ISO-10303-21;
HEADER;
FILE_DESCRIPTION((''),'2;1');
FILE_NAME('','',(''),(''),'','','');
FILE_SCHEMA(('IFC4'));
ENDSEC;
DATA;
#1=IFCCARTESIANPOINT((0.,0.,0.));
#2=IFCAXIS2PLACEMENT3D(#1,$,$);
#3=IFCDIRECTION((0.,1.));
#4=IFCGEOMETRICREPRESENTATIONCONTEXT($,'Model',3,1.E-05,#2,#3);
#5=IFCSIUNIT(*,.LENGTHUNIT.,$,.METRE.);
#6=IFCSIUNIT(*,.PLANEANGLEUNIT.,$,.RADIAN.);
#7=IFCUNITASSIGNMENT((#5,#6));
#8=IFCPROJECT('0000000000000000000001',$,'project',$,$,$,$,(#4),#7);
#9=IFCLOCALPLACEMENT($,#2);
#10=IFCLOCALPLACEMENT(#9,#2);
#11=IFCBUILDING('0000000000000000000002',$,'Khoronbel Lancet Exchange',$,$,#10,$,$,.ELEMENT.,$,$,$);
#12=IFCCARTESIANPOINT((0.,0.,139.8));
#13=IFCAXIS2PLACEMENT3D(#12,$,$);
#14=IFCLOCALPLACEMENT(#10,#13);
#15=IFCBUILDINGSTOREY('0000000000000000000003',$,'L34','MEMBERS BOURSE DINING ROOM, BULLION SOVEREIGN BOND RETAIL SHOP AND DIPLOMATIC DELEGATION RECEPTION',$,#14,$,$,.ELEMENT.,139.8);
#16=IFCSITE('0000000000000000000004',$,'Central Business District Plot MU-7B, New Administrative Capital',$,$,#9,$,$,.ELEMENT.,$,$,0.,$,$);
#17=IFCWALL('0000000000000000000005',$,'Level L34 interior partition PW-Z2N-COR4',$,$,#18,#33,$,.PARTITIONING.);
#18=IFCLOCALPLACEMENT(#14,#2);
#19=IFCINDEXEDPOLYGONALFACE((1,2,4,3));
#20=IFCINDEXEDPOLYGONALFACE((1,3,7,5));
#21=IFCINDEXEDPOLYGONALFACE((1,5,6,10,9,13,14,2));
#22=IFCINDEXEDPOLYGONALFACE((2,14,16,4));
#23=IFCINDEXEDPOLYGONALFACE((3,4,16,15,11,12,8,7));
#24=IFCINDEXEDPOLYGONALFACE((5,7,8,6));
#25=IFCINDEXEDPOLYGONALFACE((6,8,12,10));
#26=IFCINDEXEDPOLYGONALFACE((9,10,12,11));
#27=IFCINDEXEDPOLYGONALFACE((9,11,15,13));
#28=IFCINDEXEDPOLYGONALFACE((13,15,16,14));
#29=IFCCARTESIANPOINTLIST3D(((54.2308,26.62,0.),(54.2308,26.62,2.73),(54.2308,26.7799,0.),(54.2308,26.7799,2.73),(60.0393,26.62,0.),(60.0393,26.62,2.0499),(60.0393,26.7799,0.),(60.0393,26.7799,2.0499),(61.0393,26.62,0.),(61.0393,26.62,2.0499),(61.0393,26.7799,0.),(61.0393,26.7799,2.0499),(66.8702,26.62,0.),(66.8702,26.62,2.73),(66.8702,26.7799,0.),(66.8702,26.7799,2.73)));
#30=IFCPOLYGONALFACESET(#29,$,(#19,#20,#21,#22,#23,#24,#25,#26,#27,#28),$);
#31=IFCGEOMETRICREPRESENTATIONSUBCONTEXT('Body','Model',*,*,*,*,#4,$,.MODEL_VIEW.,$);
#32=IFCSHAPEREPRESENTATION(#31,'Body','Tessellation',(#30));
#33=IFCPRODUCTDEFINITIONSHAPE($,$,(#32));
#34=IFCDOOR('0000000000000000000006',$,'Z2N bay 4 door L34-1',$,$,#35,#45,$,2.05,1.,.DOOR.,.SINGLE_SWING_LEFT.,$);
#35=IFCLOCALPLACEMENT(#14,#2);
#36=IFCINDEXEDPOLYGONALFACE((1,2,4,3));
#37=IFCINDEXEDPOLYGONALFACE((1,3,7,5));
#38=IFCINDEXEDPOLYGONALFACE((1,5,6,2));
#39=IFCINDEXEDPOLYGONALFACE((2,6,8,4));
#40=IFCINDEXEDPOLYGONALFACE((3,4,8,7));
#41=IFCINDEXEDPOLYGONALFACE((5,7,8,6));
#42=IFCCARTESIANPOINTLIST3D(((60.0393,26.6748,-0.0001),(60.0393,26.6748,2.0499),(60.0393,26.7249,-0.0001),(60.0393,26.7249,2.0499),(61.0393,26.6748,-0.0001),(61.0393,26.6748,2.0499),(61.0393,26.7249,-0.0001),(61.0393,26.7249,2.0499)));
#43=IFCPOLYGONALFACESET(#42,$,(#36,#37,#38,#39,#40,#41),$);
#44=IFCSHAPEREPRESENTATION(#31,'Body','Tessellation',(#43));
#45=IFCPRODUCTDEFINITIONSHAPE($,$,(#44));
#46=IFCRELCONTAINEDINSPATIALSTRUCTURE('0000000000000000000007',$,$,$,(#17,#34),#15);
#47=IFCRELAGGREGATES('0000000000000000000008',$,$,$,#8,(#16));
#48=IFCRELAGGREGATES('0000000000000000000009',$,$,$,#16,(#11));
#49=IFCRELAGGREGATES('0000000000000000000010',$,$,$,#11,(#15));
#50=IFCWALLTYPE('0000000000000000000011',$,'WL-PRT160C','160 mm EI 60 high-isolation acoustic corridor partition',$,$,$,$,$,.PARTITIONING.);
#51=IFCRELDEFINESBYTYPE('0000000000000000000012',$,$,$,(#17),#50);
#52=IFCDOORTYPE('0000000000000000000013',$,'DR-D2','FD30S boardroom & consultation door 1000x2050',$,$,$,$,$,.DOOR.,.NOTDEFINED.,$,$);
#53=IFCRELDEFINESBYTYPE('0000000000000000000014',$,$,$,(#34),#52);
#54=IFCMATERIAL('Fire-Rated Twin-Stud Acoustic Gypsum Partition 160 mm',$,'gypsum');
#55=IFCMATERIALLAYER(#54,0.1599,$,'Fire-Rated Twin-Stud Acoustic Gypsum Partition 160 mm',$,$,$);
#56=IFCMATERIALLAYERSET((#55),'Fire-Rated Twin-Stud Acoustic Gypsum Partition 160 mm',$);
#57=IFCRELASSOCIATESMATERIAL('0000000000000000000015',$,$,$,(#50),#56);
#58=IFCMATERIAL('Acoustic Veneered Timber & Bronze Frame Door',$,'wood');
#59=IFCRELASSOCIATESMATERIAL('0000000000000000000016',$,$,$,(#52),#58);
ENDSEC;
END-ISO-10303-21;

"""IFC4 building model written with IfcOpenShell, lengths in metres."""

from ifc_helpers import new_model, si_unit, direction, frame, frame_2d, origin, place, context, subcontext, project, spatial, rectangle, extrude, material, layer, layer_set, type_object, element, fill, save


model = new_model("IFC4")

# Units and contexts
model_context = context("Model", 3, precision=1e-05, world=origin(), true_north=direction((0.0, 1.0)))
body_context = subcontext(model_context, "Body", "Model", "MODEL_VIEW")
ifc_project = project(units=[si_unit("LENGTHUNIT", "METRE"), si_unit("PLANEANGLEUNIT", "RADIAN")], contexts=[model_context])

# Site, building, storey
site_placement = place(None, origin())
site = spatial("IfcSite", under=ifc_project, at=site_placement, Name="Central Business District Plot MU-7B, New Administrative Capital", CompositionType="ELEMENT", RefElevation=0.0)
building_placement = place(site_placement, origin())
building = spatial("IfcBuilding", under=site, at=building_placement, Name="Khoronbel Lancet Exchange", CompositionType="ELEMENT")
storey_placement = place(building_placement, frame((0.0, 0.0, 139.8)))
storey = spatial("IfcBuildingStorey", under=building, at=storey_placement, Name="L34", Description="MEMBERS BOURSE DINING ROOM, BULLION SOVEREIGN BOND RETAIL SHOP AND DIPLOMATIC DELEGATION RECEPTION", CompositionType="ELEMENT", Elevation=139.8)

# Wall, opening, door
ifc_material_1 = material(Name="Fire-Rated Twin-Stud Acoustic Gypsum Partition 160 mm", Category="gypsum")
ifc_layer_1 = layer(ifc_material_1, 0.1599, Name="Fire-Rated Twin-Stud Acoustic Gypsum Partition 160 mm")
ifc_layer_set_1 = layer_set([ifc_layer_1], Name="Fire-Rated Twin-Stud Acoustic Gypsum Partition 160 mm")
wall_type_1 = type_object("IfcWallType", Name="WL-PRT160C", Description="160 mm EI 60 high-isolation acoustic corridor partition", PredefinedType="PARTITIONING", material=ifc_layer_set_1)
ifc_material_2 = material(Name="Acoustic Veneered Timber & Bronze Frame Door", Category="wood")
door_type_1 = type_object("IfcDoorType", Name="DR-D2", Description="FD30S boardroom & consultation door 1000x2050", OperationType="NOTDEFINED", PredefinedType="DOOR", material=ifc_material_2)
wall_1_placement = place(storey_placement, frame((54.2307, 26.7, 0.0), z_axis=(0.0, 0.0, 1.0), x_axis=(1.0, 0.0, 0.0)))
wall_1 = element("IfcWall", 1, at=wall_1_placement, inside=storey, type_object=wall_type_1, Name="Level L34 interior partition PW-Z2N-COR4", PredefinedType="PARTITIONING", context=body_context, shape_type="SweptSolid", body=[
    extrude(rectangle(XDim=12.6394, YDim=0.1599, at=frame_2d((6.3198, 0.0))), origin(), (0.0, 0.0, 1.0), 2.73),
])
opening_1_placement = place(wall_1_placement, frame((5.8086, 0.0, 0.0)))
opening_1 = element("IfcOpeningElement", 2, at=opening_1_placement, cuts=wall_1, PredefinedType="OPENING", context=body_context, shape_type="SweptSolid", body=[
    extrude(rectangle(XDim=1.0, YDim=2.05, at=frame_2d((0.5, 1.0249))), frame((0.0, 0.0898, 0.0), z_axis=(0.0, -1.0, 0.0), x_axis=(1.0, 0.0, 0.0)), (0.0, 0.0, 1.0), 0.1799),
])
door_1_placement = place(opening_1_placement, origin())
door_1 = element("IfcDoor", 3, at=door_1_placement, inside=storey, type_object=door_type_1, Name="Z2N bay 4 door L34-1", OperationType="SINGLE_SWING_LEFT", OverallHeight=2.05, OverallWidth=1.0, PredefinedType="DOOR", context=body_context, shape_type="SweptSolid", body=[
    extrude(rectangle(XDim=1.0, YDim=2.05, at=frame_2d((0.5, 1.0249))), frame((0.0, 0.0249, 0.0), z_axis=(0.0, -1.0, 0.0), x_axis=(1.0, 0.0, 0.0)), (0.0, 0.0, 1.0), 0.05),
])
fill(opening_1, door_1)

save(model, "model.ifc")
